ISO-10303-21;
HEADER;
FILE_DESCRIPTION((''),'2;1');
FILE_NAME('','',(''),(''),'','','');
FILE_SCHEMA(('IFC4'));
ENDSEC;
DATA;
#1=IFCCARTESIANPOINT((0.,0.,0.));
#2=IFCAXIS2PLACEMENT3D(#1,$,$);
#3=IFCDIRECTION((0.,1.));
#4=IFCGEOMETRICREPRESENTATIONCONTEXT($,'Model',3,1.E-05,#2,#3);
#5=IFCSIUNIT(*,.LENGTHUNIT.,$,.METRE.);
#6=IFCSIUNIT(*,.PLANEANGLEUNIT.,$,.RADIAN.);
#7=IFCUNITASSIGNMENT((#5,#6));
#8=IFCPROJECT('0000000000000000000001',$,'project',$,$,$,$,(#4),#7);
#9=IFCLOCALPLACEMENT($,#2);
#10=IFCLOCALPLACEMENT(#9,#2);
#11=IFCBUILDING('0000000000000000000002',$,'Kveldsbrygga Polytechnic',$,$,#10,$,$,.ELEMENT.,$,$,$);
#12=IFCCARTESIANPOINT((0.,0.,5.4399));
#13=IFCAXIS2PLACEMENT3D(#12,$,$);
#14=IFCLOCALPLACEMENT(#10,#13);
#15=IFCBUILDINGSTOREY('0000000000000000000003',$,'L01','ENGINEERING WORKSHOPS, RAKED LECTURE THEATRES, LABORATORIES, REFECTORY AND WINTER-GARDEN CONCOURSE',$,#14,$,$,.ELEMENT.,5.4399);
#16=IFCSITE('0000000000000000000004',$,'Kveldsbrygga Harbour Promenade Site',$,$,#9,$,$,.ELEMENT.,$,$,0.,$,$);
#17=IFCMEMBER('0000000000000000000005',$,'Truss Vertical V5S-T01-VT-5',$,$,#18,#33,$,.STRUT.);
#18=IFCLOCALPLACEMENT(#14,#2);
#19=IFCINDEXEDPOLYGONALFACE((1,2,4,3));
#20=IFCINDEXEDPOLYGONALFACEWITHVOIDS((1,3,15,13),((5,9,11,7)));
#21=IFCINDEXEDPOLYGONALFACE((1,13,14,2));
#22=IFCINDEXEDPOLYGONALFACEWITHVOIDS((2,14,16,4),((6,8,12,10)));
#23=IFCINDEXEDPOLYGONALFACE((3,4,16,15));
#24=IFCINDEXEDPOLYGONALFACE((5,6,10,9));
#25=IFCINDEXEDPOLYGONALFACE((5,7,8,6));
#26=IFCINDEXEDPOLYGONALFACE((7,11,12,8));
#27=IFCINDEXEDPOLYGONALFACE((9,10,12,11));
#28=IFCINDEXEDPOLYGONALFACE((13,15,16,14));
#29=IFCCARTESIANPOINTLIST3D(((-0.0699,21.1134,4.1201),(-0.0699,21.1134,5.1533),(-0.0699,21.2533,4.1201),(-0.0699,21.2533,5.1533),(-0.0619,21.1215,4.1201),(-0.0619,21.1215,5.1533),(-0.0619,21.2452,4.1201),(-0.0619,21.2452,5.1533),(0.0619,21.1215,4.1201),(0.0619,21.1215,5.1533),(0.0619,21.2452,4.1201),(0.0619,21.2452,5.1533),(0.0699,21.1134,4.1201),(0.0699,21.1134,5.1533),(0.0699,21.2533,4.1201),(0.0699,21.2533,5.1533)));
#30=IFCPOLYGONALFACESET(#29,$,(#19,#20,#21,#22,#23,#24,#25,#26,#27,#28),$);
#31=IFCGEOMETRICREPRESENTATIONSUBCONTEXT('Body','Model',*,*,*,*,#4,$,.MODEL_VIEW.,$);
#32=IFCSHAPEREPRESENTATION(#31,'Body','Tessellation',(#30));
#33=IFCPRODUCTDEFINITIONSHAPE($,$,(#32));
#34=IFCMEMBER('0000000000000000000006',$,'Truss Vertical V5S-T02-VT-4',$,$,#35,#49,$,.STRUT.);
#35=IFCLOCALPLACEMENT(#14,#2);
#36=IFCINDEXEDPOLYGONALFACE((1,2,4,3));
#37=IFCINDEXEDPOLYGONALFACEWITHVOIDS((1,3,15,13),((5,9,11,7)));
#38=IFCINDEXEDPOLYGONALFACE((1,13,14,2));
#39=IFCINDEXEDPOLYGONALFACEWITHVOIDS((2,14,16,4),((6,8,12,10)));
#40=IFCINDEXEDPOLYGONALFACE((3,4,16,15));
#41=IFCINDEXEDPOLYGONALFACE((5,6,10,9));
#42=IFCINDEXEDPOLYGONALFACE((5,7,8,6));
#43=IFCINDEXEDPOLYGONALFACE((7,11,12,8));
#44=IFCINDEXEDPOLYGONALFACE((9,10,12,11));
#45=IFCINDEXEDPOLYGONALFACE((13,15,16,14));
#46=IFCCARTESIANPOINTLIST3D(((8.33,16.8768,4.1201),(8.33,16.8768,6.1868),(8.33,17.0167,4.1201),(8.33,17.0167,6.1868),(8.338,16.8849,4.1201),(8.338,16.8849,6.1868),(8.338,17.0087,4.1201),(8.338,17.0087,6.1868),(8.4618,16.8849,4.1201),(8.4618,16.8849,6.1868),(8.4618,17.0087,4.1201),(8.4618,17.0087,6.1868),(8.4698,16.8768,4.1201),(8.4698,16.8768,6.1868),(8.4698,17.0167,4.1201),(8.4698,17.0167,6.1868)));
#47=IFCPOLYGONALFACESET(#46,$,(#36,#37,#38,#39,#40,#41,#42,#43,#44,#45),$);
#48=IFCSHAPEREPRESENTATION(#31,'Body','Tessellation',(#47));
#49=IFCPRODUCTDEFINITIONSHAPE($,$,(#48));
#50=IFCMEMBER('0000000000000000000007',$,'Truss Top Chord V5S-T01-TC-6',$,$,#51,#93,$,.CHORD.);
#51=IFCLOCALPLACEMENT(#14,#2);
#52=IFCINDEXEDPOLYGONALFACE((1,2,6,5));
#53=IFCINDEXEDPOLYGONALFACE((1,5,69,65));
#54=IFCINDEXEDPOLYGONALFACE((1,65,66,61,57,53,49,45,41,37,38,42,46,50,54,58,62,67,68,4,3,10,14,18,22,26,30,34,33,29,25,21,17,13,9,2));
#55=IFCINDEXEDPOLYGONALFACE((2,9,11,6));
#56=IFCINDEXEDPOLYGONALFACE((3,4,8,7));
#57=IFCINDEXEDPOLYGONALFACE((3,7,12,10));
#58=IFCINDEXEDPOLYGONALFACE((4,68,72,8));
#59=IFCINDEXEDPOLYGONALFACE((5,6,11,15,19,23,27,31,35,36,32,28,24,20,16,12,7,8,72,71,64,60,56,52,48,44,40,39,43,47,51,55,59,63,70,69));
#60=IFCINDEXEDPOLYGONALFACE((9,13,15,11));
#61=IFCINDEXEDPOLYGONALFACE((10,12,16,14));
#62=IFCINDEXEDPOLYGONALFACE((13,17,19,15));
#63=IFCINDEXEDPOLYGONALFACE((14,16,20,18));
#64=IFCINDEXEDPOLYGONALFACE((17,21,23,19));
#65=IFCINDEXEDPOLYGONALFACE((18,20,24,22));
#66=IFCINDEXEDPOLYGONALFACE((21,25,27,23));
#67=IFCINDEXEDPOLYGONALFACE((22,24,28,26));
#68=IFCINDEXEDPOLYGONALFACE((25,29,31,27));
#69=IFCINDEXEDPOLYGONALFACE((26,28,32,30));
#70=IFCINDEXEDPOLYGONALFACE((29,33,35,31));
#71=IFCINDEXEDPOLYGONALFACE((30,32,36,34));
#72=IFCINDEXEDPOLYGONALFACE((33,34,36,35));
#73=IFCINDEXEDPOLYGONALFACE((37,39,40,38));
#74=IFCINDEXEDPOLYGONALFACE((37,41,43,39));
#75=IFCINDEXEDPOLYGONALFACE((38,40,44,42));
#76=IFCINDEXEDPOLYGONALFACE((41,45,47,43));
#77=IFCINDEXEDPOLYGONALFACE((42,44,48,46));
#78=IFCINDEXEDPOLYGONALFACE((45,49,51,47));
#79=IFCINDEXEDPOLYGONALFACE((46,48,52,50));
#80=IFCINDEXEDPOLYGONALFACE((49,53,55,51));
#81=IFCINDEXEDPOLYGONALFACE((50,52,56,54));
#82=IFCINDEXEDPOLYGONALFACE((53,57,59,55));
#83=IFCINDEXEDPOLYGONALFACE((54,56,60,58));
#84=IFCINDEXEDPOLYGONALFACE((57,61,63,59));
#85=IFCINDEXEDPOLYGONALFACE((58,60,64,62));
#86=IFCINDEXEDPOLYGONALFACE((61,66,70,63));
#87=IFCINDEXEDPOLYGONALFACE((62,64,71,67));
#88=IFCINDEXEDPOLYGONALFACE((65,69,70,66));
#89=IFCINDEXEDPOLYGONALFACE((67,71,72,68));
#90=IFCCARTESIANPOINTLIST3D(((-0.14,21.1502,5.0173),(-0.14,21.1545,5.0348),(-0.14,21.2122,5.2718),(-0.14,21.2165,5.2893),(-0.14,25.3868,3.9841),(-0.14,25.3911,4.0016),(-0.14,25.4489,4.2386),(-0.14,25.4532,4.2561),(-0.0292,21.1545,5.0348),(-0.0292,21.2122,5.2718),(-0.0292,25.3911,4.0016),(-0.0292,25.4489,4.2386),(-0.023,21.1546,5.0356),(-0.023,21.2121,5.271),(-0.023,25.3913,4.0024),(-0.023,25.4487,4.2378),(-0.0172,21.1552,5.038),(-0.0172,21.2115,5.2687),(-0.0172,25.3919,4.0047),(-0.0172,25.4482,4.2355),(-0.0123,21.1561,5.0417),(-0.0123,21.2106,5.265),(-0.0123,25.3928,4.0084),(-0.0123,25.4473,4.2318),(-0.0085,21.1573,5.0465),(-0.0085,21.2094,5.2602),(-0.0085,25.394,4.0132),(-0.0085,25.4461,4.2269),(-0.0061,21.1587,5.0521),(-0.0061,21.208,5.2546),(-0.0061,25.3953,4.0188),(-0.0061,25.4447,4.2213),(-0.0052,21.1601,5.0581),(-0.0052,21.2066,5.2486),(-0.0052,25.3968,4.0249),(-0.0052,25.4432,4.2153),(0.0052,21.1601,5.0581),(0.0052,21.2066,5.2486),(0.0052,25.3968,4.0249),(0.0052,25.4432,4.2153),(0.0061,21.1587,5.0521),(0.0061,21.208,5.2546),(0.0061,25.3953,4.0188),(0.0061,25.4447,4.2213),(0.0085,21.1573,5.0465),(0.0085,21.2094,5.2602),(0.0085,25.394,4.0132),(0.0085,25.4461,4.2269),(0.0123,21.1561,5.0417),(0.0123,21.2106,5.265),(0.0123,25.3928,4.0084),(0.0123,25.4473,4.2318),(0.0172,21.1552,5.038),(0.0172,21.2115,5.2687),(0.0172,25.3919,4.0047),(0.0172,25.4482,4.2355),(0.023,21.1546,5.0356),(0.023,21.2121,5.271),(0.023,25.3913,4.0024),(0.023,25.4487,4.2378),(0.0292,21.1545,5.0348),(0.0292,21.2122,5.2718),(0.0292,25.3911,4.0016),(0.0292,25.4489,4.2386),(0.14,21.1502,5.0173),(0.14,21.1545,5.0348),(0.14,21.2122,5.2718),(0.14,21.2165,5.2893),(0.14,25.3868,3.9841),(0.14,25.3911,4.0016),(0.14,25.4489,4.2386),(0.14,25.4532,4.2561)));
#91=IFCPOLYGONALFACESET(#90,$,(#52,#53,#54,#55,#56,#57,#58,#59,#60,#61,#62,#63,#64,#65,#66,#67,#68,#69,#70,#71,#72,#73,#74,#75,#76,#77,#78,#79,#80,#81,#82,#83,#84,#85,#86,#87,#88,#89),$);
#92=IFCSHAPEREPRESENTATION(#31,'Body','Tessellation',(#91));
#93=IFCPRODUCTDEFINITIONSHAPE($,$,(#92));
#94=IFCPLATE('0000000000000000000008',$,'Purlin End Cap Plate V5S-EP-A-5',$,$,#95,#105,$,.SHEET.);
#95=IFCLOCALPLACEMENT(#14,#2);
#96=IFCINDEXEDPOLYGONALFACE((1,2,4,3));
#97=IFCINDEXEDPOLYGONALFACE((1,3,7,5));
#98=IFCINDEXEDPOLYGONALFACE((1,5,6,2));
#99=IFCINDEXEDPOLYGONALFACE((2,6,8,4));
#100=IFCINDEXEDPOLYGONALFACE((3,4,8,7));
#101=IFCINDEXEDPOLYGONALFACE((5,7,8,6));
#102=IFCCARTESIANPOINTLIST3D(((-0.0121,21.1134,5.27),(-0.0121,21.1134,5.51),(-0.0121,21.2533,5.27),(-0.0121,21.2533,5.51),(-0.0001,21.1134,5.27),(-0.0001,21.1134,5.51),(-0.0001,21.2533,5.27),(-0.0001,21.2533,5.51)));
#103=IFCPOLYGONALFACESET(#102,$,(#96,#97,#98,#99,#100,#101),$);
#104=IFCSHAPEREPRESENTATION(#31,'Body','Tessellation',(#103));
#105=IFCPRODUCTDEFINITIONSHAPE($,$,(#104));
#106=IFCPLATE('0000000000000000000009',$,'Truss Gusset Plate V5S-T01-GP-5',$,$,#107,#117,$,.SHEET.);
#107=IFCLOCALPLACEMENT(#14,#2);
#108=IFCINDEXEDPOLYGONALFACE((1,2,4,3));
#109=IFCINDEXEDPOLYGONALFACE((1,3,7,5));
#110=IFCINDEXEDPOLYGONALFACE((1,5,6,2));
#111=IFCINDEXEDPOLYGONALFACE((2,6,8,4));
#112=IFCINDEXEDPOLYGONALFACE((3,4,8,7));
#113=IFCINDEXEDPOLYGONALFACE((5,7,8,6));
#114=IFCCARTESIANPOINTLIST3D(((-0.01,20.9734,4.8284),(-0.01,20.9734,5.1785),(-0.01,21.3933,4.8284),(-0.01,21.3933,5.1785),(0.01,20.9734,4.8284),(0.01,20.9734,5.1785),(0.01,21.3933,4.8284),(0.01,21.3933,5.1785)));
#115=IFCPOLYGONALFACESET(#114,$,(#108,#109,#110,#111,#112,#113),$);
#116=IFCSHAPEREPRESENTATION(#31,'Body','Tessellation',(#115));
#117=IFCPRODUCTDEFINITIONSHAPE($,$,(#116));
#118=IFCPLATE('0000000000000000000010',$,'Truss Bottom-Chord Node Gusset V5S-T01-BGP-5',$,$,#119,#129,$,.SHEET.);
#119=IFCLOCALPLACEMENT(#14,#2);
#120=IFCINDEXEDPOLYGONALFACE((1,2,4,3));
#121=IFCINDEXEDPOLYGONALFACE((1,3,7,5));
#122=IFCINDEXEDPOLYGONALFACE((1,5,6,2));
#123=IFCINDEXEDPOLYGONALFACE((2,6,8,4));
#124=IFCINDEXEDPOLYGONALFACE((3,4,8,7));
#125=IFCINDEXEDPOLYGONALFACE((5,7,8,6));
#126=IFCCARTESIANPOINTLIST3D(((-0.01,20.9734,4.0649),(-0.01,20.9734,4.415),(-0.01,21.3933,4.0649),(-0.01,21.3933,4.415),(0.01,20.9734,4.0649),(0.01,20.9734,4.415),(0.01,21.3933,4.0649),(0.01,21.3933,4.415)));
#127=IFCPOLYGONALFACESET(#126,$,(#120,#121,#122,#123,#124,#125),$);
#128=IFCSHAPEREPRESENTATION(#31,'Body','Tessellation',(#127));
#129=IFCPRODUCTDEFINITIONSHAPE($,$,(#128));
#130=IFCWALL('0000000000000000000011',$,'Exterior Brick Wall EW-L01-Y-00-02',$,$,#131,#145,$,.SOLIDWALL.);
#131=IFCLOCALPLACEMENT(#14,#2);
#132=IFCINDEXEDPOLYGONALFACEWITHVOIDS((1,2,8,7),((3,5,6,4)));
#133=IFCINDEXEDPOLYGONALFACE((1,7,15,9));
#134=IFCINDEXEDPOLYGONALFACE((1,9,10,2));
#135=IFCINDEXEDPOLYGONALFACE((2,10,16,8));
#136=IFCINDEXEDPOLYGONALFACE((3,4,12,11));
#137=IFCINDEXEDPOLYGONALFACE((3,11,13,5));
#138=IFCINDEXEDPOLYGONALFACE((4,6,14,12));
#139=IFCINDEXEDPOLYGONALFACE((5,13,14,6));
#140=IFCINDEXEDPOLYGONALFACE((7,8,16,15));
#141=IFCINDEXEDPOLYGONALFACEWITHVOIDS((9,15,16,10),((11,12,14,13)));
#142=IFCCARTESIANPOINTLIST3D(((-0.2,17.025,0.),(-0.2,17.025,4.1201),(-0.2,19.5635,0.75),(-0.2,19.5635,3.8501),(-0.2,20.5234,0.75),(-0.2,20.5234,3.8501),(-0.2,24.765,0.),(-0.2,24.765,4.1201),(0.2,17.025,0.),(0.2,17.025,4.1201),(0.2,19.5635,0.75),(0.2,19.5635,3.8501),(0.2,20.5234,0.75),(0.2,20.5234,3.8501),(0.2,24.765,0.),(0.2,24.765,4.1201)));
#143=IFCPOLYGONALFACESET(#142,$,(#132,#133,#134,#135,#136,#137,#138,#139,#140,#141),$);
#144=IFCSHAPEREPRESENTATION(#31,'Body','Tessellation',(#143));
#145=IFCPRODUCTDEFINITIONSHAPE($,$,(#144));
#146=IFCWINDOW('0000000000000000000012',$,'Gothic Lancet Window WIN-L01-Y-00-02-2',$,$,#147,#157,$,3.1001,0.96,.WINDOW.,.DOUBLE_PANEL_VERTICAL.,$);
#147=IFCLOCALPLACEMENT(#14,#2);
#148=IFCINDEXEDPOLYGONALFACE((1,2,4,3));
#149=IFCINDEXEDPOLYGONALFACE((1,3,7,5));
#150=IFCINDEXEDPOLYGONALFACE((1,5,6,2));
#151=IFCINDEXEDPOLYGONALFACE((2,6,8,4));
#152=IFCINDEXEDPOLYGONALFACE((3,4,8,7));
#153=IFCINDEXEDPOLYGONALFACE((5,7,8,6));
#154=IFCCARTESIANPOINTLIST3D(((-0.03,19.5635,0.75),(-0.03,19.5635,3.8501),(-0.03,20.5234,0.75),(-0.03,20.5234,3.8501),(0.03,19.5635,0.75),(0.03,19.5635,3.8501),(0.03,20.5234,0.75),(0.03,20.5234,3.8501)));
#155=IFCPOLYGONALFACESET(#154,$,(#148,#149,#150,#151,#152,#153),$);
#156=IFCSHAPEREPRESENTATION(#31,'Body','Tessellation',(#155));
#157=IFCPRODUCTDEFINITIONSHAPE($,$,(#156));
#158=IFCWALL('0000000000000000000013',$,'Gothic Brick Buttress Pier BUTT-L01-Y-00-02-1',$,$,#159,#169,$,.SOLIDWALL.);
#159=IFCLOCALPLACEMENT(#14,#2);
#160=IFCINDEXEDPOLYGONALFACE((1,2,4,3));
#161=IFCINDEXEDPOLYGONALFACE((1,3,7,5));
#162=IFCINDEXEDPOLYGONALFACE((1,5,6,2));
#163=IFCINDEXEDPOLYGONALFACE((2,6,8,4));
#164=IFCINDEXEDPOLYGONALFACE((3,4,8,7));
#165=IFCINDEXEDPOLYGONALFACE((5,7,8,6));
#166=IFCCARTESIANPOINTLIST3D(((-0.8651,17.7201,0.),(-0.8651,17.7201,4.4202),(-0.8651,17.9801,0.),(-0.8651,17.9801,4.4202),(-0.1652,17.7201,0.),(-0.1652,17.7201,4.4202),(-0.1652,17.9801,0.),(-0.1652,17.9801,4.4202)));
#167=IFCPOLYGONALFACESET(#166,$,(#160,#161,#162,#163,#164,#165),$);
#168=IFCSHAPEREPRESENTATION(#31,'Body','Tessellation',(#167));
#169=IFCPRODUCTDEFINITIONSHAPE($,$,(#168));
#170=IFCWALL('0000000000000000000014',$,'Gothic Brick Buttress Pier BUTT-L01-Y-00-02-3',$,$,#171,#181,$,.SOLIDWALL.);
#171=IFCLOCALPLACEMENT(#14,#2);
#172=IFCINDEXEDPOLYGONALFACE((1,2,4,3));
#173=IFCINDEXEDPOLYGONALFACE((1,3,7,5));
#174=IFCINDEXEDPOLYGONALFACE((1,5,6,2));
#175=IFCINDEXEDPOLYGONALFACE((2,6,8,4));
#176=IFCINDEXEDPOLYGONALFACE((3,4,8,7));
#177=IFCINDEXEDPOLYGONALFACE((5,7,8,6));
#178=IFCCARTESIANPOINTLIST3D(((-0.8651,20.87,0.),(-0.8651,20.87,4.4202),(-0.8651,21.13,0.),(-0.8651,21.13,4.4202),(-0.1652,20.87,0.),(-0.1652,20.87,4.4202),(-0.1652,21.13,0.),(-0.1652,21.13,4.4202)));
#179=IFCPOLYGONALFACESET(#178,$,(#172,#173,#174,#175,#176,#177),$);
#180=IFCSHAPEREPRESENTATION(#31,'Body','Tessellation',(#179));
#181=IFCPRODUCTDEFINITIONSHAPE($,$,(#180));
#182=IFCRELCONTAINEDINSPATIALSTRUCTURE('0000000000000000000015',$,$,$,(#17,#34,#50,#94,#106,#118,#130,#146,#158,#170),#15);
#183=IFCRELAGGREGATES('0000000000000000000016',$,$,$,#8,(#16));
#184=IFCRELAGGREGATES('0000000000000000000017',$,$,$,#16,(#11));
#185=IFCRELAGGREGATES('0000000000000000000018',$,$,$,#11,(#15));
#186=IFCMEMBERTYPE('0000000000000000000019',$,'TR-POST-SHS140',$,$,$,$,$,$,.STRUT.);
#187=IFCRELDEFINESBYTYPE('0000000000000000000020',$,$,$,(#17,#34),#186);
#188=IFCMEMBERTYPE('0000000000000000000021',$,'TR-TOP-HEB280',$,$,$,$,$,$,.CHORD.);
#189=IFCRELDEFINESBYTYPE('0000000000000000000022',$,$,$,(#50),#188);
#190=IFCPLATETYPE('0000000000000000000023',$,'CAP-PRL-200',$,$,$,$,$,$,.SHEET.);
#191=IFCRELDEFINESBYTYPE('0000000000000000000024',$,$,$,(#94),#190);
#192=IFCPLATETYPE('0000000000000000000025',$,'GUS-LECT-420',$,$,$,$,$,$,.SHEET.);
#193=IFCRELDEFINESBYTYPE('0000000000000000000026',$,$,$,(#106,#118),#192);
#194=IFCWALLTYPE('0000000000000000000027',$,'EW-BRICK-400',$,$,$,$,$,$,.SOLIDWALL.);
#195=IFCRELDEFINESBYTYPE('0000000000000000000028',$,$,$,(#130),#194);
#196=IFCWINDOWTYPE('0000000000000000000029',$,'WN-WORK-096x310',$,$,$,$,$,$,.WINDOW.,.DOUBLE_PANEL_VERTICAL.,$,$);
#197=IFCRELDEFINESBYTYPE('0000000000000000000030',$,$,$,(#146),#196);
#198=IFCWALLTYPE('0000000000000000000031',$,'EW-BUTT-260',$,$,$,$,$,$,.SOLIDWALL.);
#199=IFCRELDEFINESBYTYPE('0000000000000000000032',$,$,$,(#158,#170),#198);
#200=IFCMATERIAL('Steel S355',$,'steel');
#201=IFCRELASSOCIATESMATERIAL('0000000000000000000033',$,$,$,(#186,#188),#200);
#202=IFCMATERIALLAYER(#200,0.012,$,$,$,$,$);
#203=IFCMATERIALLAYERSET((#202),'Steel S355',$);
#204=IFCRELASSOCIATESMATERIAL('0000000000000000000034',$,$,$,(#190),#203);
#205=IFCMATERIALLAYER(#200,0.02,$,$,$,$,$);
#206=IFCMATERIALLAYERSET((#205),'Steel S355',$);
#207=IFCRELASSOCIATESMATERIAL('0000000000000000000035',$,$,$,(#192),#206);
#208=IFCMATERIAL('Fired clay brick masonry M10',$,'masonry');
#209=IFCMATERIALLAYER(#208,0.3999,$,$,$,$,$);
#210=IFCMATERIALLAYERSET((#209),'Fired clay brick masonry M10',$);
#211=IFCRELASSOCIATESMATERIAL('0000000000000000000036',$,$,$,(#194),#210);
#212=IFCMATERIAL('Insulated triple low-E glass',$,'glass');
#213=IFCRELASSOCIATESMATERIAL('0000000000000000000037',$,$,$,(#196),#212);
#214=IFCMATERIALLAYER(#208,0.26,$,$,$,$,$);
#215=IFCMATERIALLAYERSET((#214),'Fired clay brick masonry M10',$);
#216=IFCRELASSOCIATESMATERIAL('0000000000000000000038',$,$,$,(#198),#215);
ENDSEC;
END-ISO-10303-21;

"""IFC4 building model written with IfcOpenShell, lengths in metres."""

from ifc_helpers import new_model, si_unit, direction, frame, frame_2d, origin, origin_2d, place, context, subcontext, project, spatial, rectangle, hollow_rectangle, i_section, extrude, material, layer, layer_set, material_profile, profile_set, type_object, element, fill, save


model = new_model("IFC4")

# Units and contexts
model_context = context("Model", 3, precision=1e-05, world=origin(), true_north=direction((0.0, 1.0)))
body_context = subcontext(model_context, "Body", "Model", "MODEL_VIEW")
ifc_project = project(units=[si_unit("LENGTHUNIT", "METRE"), si_unit("PLANEANGLEUNIT", "RADIAN")], contexts=[model_context])

# Site, building, storey
site_placement = place(None, origin())
site = spatial("IfcSite", under=ifc_project, at=site_placement, Name="Kveldsbrygga Harbour Promenade Site", CompositionType="ELEMENT", RefElevation=0.0)
building_placement = place(site_placement, origin())
building = spatial("IfcBuilding", under=site, at=building_placement, Name="Kveldsbrygga Polytechnic", CompositionType="ELEMENT")
storey_placement = place(building_placement, frame((0.0, 0.0, 5.4399)))
storey = spatial("IfcBuildingStorey", under=building, at=storey_placement, Name="L01", Description="ENGINEERING WORKSHOPS, RAKED LECTURE THEATRES, LABORATORIES, REFECTORY AND WINTER-GARDEN CONCOURSE", CompositionType="ELEMENT", Elevation=5.4399)

# Shared definitions
ifc_material_1 = material(Name="Steel S355", Category="steel")

# Members
ifc_material_profile_1 = material_profile(ifc_material_1, hollow_rectangle(XDim=0.1399, YDim=0.1399, WallThickness=0.0081, at=origin_2d()), Name="SHS 140x140x8.0")
ifc_profile_set_1 = profile_set([ifc_material_profile_1], Name="Steel S355")
member_type_1 = type_object("IfcMemberType", Name="TR-POST-SHS140", PredefinedType="STRUT", material=ifc_profile_set_1)
member_1_placement = place(storey_placement, frame((0.0, 21.1833, 4.1201), z_axis=(0.0, 0.0, 1.0), x_axis=(1.0, 0.0, 0.0)))
element("IfcMember", 1, at=member_1_placement, inside=storey, type_object=member_type_1, Name="Truss Vertical V5S-T01-VT-5", PredefinedType="STRUT", context=body_context, shape_type="SweptSolid", body=[
    extrude(hollow_rectangle(XDim=0.1399, YDim=0.1399, WallThickness=0.0081, at=origin_2d()), origin(), (0.0, 0.0, 1.0), 1.0332),
])
member_2_placement = place(storey_placement, frame((8.3999, 16.9468, 4.1201), z_axis=(0.0, 0.0, 1.0), x_axis=(1.0, 0.0, 0.0)))
element("IfcMember", 2, at=member_2_placement, inside=storey, type_object=member_type_1, Name="Truss Vertical V5S-T02-VT-4", PredefinedType="STRUT", context=body_context, shape_type="SweptSolid", body=[
    extrude(hollow_rectangle(XDim=0.1399, YDim=0.1399, WallThickness=0.0081, at=origin_2d()), origin(), (0.0, 0.0, 1.0), 2.0667),
])
ifc_material_profile_2 = material_profile(ifc_material_1, i_section(OverallWidth=0.28, OverallDepth=0.28, WebThickness=0.0105, FlangeThickness=0.0181, FilletRadius=0.0239, at=origin_2d()), Name="HEB 280")
ifc_profile_set_2 = profile_set([ifc_material_profile_2], Name="Steel S355")
member_type_2 = type_object("IfcMemberType", Name="TR-TOP-HEB280", PredefinedType="CHORD", material=ifc_profile_set_2)
member_3_placement = place(storey_placement, frame((0.0, 21.1833, 5.1533), z_axis=(0.0, 0.971526, -0.236933), x_axis=(-1.0, 0.0, 0.0)))
element("IfcMember", 3, at=member_3_placement, inside=storey, type_object=member_type_2, Name="Truss Top Chord V5S-T01-TC-6", PredefinedType="CHORD", context=body_context, shape_type="SweptSolid", body=[
    extrude(i_section(OverallWidth=0.28, OverallDepth=0.28, WebThickness=0.0105, FlangeThickness=0.0181, FilletRadius=0.0239, at=origin_2d()), origin(), (0.0, 0.0, 1.0), 4.3608),
])

# Plates
ifc_layer_1 = layer(ifc_material_1, 0.012)
ifc_layer_set_1 = layer_set([ifc_layer_1], Name="Steel S355")
plate_type_1 = type_object("IfcPlateType", Name="CAP-PRL-200", PredefinedType="SHEET", material=ifc_layer_set_1)
plate_placement = place(storey_placement, frame((-0.0061, 21.1833, 5.27), z_axis=(0.0, 0.0, 1.0), x_axis=(1.0, 0.0, 0.0)))
element("IfcPlate", 4, at=plate_placement, inside=storey, type_object=plate_type_1, Name="Purlin End Cap Plate V5S-EP-A-5", PredefinedType="SHEET", context=body_context, shape_type="SweptSolid", body=[
    extrude(rectangle(XDim=0.012, YDim=0.1399, at=origin_2d()), origin(), (0.0, 0.0, 1.0), 0.24),
])
ifc_layer_2 = layer(ifc_material_1, 0.02)
ifc_layer_set_2 = layer_set([ifc_layer_2], Name="Steel S355")
plate_type_2 = type_object("IfcPlateType", Name="GUS-LECT-420", PredefinedType="SHEET", material=ifc_layer_set_2)
for number, where, z_axis, x_axis, name in (
    (5, (0.0, 21.1833, 4.8284), (0.0, 0.0, 1.0), (1.0, 0.0, 0.0), "Truss Gusset Plate V5S-T01-GP-5"),
    (6, (0.0, 21.1833, 4.0649), (0.0, 0.0, 1.0), (1.0, 0.0, 0.0), "Truss Bottom-Chord Node Gusset V5S-T01-BGP-5"),
):
    element("IfcPlate", number, at=place(storey_placement, frame(where, z_axis=z_axis, x_axis=x_axis)), inside=storey, type_object=plate_type_2, Name=name, PredefinedType="SHEET", context=body_context, shape_type="SweptSolid", body=[
        extrude(rectangle(XDim=0.02, YDim=0.4199, at=origin_2d()), origin(), (0.0, 0.0, 1.0), 0.3501),
    ])

# Wall, opening, window
ifc_material_2 = material(Name="Fired clay brick masonry M10", Category="masonry")
ifc_layer_3 = layer(ifc_material_2, 0.3999)
ifc_layer_set_3 = layer_set([ifc_layer_3], Name="Fired clay brick masonry M10")
wall_type_1 = type_object("IfcWallType", Name="EW-BRICK-400", PredefinedType="SOLIDWALL", material=ifc_layer_set_3)
wall_1_placement = place(storey_placement, frame((0.0, 17.0249, 0.0), z_axis=(0.0, 0.0, 1.0), x_axis=(0.0, 1.0, 0.0)))
wall_1 = element("IfcWall", 7, at=wall_1_placement, inside=storey, type_object=wall_type_1, Name="Exterior Brick Wall EW-L01-Y-00-02", PredefinedType="SOLIDWALL", context=body_context, shape_type="SweptSolid", body=[
    extrude(rectangle(XDim=7.74, YDim=0.3999, at=frame_2d((3.8701, 0.0))), origin(), (0.0, 0.0, 1.0), 4.1201),
])
opening_1_placement = place(wall_1_placement, frame((2.5386, 0.0, 0.75)))
opening_1 = element("IfcOpeningElement", 8, at=opening_1_placement, cuts=wall_1, PredefinedType="OPENING", context=body_context, shape_type="SweptSolid", body=[
    extrude(rectangle(XDim=0.96, YDim=3.1001, at=frame_2d((0.48, 1.55))), frame((0.0, 0.21, 0.0), z_axis=(0.0, -1.0, 0.0), x_axis=(1.0, 0.0, 0.0)), (0.0, 0.0, 1.0), 0.4199),
])
ifc_material_3 = material(Name="Insulated triple low-E glass", Category="glass")
window_type = type_object("IfcWindowType", Name="WN-WORK-096x310", PartitioningType="DOUBLE_PANEL_VERTICAL", PredefinedType="WINDOW", material=ifc_material_3)
window_placement = place(opening_1_placement, origin())
window = element("IfcWindow", 9, at=window_placement, inside=storey, type_object=window_type, Name="Gothic Lancet Window WIN-L01-Y-00-02-2", OverallHeight=3.1001, OverallWidth=0.96, PartitioningType="DOUBLE_PANEL_VERTICAL", PredefinedType="WINDOW", context=body_context, shape_type="SweptSolid", body=[
    extrude(rectangle(XDim=0.96, YDim=3.1001, at=frame_2d((0.48, 1.55))), frame((0.0, 0.03, 0.0), z_axis=(0.0, -1.0, 0.0), x_axis=(1.0, 0.0, 0.0)), (0.0, 0.0, 1.0), 0.0601),
])
fill(opening_1, window)

# Walls
ifc_layer_4 = layer(ifc_material_2, 0.26)
ifc_layer_set_4 = layer_set([ifc_layer_4], Name="Fired clay brick masonry M10")
wall_type_2 = type_object("IfcWallType", Name="EW-BUTT-260", PredefinedType="SOLIDWALL", material=ifc_layer_set_4)
for number, where, z_axis, x_axis, name in (
    (10, (-0.165, 17.8501, 0.0), (0.0, 0.0, 1.0), (-1.0, 0.0, 0.0), "Gothic Brick Buttress Pier BUTT-L01-Y-00-02-1"),
    (11, (-0.165, 21.0, 0.0), (0.0, 0.0, 1.0), (-1.0, 0.0, 0.0), "Gothic Brick Buttress Pier BUTT-L01-Y-00-02-3"),
):
    element("IfcWall", number, at=place(storey_placement, frame(where, z_axis=z_axis, x_axis=x_axis)), inside=storey, type_object=wall_type_2, Name=name, PredefinedType="SOLIDWALL", context=body_context, shape_type="SweptSolid", body=[
        extrude(rectangle(XDim=0.7, YDim=0.26, at=frame_2d((0.3501, 0.0))), origin(), (0.0, 0.0, 1.0), 4.4202),
    ])

save(model, "model.ifc")
